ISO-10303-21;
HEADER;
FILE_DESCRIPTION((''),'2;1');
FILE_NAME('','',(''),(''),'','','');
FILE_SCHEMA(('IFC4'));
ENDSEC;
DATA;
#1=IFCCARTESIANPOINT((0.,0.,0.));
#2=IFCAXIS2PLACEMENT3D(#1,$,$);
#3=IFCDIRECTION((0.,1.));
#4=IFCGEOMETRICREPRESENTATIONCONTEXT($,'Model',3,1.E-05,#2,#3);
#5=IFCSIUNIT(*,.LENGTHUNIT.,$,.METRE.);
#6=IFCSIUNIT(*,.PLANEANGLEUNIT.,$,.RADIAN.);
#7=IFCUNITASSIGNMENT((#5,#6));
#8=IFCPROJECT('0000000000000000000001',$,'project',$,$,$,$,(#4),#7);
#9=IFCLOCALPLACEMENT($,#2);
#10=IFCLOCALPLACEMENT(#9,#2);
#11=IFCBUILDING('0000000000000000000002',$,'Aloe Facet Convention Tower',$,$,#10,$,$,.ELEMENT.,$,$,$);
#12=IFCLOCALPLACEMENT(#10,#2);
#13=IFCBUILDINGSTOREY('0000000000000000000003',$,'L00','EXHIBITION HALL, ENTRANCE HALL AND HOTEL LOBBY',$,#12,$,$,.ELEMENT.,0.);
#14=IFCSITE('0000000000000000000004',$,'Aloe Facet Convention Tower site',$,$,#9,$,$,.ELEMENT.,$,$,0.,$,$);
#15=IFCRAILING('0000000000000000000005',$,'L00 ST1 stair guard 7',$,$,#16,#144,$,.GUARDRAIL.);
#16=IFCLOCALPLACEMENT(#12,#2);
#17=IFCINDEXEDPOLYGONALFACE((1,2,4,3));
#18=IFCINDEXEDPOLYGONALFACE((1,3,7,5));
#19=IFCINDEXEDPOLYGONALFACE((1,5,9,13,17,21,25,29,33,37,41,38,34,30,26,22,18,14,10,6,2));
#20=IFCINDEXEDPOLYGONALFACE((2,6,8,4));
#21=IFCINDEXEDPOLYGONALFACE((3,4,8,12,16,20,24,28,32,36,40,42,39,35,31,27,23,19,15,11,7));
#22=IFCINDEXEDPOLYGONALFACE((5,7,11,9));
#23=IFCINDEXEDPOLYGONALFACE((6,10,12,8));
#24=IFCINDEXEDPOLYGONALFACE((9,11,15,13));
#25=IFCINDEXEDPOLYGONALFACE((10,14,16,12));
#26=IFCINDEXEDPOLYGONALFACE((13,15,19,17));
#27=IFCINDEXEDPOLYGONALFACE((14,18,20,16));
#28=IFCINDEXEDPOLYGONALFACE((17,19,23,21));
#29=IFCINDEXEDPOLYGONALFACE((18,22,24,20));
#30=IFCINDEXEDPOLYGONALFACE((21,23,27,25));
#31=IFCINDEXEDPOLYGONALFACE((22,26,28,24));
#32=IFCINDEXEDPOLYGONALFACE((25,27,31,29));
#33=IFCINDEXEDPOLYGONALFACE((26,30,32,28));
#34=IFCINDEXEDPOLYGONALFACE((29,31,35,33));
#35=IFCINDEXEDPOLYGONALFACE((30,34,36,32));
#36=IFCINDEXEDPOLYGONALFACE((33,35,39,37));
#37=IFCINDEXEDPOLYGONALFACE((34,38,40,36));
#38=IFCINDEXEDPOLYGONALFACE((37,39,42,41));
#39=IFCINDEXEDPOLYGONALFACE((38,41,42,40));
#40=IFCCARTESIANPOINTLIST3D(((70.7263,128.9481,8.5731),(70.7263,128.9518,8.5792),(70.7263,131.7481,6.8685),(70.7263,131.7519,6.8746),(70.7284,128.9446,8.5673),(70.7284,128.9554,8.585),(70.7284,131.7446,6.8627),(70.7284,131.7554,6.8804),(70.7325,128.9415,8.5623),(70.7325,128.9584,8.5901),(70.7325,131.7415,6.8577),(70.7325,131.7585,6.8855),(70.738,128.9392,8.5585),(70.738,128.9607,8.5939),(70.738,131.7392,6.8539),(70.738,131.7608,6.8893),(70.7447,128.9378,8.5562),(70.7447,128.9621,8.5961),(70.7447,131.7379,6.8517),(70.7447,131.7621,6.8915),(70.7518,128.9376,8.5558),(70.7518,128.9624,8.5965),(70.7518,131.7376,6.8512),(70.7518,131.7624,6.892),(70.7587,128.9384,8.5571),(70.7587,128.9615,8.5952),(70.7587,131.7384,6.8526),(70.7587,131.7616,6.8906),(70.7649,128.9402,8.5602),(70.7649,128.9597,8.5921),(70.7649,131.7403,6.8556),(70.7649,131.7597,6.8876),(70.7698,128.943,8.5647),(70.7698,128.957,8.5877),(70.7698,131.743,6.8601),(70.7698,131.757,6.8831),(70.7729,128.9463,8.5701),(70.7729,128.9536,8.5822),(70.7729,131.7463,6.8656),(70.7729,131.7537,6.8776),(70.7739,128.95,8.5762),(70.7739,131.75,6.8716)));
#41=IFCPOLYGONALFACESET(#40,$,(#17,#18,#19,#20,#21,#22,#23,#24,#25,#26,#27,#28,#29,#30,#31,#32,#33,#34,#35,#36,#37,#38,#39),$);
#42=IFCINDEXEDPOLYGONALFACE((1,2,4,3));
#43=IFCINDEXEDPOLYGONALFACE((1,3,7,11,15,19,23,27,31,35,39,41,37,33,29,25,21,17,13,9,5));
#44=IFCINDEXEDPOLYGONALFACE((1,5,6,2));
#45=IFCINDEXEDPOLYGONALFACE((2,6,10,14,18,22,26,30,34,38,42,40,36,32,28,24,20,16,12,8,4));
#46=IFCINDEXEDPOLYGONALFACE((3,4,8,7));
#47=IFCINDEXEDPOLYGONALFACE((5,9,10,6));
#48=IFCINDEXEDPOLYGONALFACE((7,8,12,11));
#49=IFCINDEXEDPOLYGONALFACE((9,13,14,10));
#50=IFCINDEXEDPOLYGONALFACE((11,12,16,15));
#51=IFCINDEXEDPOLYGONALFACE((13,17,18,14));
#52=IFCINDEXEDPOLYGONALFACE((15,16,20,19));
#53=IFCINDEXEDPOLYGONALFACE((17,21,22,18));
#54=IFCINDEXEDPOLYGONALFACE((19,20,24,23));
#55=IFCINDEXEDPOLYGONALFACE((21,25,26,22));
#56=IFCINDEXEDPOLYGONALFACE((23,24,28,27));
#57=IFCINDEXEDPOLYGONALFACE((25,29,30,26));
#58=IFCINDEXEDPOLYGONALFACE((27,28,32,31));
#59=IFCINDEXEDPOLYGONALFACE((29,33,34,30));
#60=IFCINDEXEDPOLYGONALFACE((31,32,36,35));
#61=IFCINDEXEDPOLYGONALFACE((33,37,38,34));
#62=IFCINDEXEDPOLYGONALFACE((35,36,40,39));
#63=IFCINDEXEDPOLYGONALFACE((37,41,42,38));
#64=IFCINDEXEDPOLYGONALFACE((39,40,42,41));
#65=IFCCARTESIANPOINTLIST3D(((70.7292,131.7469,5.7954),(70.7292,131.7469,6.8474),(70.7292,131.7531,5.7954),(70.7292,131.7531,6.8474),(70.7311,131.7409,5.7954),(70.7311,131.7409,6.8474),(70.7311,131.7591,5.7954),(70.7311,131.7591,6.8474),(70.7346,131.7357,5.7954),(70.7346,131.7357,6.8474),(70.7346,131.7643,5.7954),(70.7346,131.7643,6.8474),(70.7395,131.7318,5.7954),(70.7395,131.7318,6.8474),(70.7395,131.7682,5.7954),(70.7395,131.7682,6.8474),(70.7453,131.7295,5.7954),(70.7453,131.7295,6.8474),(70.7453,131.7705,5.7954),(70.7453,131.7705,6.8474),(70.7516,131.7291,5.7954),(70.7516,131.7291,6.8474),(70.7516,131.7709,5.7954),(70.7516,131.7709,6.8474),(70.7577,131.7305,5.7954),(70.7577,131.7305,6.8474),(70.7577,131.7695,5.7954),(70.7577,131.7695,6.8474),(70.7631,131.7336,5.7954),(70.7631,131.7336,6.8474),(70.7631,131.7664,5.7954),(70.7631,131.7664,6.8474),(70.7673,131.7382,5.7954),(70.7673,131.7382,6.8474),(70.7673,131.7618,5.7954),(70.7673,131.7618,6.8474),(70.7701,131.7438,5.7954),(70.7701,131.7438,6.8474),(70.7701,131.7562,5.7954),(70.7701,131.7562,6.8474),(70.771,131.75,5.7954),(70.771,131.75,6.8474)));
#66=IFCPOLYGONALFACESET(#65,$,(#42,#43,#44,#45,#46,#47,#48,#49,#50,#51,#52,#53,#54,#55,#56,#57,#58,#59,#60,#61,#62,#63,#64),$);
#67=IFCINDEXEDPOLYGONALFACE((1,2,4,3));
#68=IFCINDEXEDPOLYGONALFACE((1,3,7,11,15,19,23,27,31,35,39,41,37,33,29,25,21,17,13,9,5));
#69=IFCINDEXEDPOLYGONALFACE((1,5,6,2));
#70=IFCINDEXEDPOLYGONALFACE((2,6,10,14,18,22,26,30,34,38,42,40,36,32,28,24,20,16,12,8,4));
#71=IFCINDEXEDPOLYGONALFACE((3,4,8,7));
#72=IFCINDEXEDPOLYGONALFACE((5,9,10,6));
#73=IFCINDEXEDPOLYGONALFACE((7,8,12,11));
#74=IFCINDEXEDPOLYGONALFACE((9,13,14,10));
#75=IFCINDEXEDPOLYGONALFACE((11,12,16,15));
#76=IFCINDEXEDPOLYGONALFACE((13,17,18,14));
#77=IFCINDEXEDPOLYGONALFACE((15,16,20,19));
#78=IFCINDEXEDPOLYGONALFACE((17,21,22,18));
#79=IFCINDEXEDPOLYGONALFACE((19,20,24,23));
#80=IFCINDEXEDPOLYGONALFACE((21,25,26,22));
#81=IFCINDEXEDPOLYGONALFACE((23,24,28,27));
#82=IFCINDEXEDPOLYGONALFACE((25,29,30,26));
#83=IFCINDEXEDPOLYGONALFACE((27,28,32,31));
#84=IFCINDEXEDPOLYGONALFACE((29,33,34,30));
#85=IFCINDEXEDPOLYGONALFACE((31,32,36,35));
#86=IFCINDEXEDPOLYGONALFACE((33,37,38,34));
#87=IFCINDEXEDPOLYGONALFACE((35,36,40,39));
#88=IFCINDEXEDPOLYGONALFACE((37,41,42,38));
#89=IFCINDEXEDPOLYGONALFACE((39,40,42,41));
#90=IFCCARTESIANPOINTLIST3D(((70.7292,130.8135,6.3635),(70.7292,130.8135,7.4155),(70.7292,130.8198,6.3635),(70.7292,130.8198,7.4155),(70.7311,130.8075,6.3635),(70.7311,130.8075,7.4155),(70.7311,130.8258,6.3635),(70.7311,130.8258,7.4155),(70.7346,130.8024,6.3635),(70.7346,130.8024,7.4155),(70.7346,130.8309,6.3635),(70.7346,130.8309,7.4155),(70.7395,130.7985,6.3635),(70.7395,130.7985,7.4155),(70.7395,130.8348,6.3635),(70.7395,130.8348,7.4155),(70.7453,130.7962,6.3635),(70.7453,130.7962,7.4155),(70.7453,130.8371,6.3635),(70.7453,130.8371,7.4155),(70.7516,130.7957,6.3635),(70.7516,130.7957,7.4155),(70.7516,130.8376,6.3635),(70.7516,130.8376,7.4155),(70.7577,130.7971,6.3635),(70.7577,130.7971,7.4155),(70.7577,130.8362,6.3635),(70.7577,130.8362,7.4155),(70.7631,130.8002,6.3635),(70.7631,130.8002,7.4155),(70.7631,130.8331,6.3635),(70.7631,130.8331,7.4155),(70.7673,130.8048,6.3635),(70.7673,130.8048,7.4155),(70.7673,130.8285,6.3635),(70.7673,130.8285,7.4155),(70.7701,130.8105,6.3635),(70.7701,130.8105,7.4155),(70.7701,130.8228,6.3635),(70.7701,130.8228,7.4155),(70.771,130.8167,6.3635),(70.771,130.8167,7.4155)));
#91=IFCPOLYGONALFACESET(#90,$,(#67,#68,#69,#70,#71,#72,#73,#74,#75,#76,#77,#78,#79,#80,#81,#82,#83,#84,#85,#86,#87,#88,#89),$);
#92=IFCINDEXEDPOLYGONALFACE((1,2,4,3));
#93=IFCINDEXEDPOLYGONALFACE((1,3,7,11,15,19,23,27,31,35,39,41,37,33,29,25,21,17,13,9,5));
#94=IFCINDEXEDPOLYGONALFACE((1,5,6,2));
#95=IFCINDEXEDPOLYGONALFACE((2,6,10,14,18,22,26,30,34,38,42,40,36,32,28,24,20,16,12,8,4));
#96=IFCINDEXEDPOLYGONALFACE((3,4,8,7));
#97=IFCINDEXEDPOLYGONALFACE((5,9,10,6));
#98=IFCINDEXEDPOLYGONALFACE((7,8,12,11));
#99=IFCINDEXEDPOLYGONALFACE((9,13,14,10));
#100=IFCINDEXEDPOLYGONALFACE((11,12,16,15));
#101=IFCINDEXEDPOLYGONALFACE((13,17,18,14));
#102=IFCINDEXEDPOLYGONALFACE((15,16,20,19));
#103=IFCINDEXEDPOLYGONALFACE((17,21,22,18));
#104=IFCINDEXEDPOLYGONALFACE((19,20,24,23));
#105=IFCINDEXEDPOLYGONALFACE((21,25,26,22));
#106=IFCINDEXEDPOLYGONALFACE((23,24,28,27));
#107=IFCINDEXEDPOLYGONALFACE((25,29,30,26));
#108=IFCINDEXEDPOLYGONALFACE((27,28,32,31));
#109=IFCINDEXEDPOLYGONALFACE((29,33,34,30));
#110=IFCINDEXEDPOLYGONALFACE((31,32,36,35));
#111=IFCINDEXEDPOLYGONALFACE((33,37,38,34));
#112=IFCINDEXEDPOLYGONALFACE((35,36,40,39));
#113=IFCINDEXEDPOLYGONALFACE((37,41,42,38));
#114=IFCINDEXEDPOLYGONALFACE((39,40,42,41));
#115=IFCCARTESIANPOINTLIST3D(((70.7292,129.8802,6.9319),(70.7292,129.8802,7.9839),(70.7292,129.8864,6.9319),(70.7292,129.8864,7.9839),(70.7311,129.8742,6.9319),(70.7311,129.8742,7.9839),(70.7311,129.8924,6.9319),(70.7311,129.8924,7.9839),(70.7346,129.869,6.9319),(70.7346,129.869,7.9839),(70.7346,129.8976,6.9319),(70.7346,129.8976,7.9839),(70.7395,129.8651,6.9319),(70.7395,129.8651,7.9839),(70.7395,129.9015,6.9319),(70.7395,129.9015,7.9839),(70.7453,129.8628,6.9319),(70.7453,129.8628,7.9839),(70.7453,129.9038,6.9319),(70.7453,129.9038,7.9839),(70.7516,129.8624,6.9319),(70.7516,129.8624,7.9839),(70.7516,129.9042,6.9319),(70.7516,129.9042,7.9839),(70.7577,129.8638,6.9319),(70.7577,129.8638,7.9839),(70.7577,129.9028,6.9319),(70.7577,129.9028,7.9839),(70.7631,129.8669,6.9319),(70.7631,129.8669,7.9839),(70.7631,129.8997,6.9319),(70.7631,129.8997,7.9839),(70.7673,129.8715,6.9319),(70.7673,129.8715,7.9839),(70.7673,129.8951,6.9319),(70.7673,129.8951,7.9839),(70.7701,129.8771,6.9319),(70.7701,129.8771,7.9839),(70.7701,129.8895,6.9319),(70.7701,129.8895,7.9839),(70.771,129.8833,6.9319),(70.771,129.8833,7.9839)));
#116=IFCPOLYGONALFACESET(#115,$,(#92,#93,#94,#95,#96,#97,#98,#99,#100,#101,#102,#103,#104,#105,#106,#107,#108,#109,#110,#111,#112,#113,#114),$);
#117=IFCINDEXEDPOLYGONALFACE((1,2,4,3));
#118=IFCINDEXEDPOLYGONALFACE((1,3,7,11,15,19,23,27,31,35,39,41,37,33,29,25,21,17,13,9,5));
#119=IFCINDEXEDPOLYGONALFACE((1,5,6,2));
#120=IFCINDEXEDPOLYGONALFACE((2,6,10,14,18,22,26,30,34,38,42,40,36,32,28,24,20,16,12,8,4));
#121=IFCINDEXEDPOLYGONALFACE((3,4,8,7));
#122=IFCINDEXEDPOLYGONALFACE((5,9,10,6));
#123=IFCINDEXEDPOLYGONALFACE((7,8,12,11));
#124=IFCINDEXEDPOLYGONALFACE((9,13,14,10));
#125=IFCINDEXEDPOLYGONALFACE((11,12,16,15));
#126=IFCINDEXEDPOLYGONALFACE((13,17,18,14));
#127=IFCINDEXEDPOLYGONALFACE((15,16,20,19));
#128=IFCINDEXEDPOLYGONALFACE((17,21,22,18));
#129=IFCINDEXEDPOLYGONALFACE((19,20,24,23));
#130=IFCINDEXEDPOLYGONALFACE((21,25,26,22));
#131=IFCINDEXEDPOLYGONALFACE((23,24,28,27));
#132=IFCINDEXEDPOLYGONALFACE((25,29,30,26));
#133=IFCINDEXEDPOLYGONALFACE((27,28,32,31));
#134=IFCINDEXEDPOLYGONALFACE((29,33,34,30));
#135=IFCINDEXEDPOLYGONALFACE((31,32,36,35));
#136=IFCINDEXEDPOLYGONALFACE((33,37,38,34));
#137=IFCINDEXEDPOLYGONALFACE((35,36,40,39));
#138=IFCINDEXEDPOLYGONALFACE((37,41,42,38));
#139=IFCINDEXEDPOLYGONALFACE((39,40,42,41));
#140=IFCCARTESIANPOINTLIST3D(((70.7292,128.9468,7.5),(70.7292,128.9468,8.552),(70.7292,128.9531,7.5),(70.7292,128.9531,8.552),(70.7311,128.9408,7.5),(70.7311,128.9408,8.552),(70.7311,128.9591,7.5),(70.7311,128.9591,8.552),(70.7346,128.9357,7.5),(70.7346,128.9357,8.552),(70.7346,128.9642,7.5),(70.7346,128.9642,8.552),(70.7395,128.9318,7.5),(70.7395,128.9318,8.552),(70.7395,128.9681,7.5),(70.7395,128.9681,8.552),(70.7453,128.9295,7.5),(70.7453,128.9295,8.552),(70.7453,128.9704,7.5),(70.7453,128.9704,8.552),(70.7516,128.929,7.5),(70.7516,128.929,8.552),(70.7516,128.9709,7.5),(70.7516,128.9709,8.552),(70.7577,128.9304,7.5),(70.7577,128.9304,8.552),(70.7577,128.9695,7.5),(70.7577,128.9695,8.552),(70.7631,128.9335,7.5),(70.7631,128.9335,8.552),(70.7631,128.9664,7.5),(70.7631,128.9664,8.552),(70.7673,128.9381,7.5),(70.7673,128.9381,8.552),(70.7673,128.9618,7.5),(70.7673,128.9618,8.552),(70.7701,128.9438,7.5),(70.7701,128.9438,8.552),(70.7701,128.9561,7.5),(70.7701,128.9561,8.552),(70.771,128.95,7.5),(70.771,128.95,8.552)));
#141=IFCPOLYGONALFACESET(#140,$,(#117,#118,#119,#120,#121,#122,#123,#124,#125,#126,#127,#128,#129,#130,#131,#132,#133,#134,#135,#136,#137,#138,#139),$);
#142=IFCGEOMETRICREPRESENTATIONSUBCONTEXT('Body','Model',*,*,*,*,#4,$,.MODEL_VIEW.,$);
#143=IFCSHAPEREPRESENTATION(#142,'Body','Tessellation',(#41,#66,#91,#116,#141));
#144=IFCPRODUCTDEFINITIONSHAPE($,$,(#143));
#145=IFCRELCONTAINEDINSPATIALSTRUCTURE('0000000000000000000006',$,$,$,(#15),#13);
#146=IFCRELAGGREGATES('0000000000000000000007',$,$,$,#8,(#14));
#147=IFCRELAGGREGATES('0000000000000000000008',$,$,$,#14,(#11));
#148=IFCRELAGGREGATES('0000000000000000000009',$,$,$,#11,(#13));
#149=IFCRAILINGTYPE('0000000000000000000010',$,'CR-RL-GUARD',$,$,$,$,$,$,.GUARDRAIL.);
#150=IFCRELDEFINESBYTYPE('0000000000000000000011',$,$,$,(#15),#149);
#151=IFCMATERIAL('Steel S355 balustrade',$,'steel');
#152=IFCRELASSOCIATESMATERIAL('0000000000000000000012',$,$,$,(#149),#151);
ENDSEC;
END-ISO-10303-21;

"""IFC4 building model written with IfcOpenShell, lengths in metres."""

from ifc_helpers import new_model, si_unit, direction, frame, origin, origin_2d, place, context, subcontext, project, spatial, circle, extrude, material, type_object, element, save


model = new_model("IFC4")

# Units and contexts
model_context = context("Model", 3, precision=1e-05, world=origin(), true_north=direction((0.0, 1.0)))
body_context = subcontext(model_context, "Body", "Model", "MODEL_VIEW")
ifc_project = project(units=[si_unit("LENGTHUNIT", "METRE"), si_unit("PLANEANGLEUNIT", "RADIAN")], contexts=[model_context])

# Site, building, storey
site_placement = place(None, origin())
site = spatial("IfcSite", under=ifc_project, at=site_placement, Name="Aloe Facet Convention Tower site", CompositionType="ELEMENT", RefElevation=0.0)
building_placement = place(site_placement, origin())
building = spatial("IfcBuilding", under=site, at=building_placement, Name="Aloe Facet Convention Tower", CompositionType="ELEMENT")
storey_placement = place(building_placement, origin())
storey = spatial("IfcBuildingStorey", under=building, at=storey_placement, Name="L00", Description="EXHIBITION HALL, ENTRANCE HALL AND HOTEL LOBBY", CompositionType="ELEMENT", Elevation=0.0)

# Railing
ifc_material_1 = material(Name="Steel S355 balustrade", Category="steel")
railing_type_1 = type_object("IfcRailingType", Name="CR-RL-GUARD", PredefinedType="GUARDRAIL", material=ifc_material_1)
railing_1_placement = place(storey_placement, frame((70.75, 131.75, 5.7954)))
element("IfcRailing", 1, at=railing_1_placement, inside=storey, type_object=railing_type_1, Name="L00 ST1 stair guard 7", PredefinedType="GUARDRAIL", context=body_context, shape_type="SweptSolid", body=[
    extrude(circle(Radius=0.0239, at=origin_2d()), frame((0.0, 0.0, 1.0762), z_axis=(0.0, -0.85417, 0.519994), x_axis=(1.0, 0.0, 0.0)), (0.0, 0.0, 1.0), 3.2781),
    extrude(circle(Radius=0.021, at=origin_2d()), origin(), (0.0, 0.0, 1.0), 1.052),
    extrude(circle(Radius=0.021, at=origin_2d()), frame((0.0, -0.9333, 0.5681)), (0.0, 0.0, 1.0), 1.052),
    extrude(circle(Radius=0.021, at=origin_2d()), frame((0.0, -1.8667, 1.1365)), (0.0, 0.0, 1.0), 1.052),
    extrude(circle(Radius=0.021, at=origin_2d()), frame((0.0, -2.8, 1.7046)), (0.0, 0.0, 1.0), 1.052),
])

save(model, "model.ifc")
